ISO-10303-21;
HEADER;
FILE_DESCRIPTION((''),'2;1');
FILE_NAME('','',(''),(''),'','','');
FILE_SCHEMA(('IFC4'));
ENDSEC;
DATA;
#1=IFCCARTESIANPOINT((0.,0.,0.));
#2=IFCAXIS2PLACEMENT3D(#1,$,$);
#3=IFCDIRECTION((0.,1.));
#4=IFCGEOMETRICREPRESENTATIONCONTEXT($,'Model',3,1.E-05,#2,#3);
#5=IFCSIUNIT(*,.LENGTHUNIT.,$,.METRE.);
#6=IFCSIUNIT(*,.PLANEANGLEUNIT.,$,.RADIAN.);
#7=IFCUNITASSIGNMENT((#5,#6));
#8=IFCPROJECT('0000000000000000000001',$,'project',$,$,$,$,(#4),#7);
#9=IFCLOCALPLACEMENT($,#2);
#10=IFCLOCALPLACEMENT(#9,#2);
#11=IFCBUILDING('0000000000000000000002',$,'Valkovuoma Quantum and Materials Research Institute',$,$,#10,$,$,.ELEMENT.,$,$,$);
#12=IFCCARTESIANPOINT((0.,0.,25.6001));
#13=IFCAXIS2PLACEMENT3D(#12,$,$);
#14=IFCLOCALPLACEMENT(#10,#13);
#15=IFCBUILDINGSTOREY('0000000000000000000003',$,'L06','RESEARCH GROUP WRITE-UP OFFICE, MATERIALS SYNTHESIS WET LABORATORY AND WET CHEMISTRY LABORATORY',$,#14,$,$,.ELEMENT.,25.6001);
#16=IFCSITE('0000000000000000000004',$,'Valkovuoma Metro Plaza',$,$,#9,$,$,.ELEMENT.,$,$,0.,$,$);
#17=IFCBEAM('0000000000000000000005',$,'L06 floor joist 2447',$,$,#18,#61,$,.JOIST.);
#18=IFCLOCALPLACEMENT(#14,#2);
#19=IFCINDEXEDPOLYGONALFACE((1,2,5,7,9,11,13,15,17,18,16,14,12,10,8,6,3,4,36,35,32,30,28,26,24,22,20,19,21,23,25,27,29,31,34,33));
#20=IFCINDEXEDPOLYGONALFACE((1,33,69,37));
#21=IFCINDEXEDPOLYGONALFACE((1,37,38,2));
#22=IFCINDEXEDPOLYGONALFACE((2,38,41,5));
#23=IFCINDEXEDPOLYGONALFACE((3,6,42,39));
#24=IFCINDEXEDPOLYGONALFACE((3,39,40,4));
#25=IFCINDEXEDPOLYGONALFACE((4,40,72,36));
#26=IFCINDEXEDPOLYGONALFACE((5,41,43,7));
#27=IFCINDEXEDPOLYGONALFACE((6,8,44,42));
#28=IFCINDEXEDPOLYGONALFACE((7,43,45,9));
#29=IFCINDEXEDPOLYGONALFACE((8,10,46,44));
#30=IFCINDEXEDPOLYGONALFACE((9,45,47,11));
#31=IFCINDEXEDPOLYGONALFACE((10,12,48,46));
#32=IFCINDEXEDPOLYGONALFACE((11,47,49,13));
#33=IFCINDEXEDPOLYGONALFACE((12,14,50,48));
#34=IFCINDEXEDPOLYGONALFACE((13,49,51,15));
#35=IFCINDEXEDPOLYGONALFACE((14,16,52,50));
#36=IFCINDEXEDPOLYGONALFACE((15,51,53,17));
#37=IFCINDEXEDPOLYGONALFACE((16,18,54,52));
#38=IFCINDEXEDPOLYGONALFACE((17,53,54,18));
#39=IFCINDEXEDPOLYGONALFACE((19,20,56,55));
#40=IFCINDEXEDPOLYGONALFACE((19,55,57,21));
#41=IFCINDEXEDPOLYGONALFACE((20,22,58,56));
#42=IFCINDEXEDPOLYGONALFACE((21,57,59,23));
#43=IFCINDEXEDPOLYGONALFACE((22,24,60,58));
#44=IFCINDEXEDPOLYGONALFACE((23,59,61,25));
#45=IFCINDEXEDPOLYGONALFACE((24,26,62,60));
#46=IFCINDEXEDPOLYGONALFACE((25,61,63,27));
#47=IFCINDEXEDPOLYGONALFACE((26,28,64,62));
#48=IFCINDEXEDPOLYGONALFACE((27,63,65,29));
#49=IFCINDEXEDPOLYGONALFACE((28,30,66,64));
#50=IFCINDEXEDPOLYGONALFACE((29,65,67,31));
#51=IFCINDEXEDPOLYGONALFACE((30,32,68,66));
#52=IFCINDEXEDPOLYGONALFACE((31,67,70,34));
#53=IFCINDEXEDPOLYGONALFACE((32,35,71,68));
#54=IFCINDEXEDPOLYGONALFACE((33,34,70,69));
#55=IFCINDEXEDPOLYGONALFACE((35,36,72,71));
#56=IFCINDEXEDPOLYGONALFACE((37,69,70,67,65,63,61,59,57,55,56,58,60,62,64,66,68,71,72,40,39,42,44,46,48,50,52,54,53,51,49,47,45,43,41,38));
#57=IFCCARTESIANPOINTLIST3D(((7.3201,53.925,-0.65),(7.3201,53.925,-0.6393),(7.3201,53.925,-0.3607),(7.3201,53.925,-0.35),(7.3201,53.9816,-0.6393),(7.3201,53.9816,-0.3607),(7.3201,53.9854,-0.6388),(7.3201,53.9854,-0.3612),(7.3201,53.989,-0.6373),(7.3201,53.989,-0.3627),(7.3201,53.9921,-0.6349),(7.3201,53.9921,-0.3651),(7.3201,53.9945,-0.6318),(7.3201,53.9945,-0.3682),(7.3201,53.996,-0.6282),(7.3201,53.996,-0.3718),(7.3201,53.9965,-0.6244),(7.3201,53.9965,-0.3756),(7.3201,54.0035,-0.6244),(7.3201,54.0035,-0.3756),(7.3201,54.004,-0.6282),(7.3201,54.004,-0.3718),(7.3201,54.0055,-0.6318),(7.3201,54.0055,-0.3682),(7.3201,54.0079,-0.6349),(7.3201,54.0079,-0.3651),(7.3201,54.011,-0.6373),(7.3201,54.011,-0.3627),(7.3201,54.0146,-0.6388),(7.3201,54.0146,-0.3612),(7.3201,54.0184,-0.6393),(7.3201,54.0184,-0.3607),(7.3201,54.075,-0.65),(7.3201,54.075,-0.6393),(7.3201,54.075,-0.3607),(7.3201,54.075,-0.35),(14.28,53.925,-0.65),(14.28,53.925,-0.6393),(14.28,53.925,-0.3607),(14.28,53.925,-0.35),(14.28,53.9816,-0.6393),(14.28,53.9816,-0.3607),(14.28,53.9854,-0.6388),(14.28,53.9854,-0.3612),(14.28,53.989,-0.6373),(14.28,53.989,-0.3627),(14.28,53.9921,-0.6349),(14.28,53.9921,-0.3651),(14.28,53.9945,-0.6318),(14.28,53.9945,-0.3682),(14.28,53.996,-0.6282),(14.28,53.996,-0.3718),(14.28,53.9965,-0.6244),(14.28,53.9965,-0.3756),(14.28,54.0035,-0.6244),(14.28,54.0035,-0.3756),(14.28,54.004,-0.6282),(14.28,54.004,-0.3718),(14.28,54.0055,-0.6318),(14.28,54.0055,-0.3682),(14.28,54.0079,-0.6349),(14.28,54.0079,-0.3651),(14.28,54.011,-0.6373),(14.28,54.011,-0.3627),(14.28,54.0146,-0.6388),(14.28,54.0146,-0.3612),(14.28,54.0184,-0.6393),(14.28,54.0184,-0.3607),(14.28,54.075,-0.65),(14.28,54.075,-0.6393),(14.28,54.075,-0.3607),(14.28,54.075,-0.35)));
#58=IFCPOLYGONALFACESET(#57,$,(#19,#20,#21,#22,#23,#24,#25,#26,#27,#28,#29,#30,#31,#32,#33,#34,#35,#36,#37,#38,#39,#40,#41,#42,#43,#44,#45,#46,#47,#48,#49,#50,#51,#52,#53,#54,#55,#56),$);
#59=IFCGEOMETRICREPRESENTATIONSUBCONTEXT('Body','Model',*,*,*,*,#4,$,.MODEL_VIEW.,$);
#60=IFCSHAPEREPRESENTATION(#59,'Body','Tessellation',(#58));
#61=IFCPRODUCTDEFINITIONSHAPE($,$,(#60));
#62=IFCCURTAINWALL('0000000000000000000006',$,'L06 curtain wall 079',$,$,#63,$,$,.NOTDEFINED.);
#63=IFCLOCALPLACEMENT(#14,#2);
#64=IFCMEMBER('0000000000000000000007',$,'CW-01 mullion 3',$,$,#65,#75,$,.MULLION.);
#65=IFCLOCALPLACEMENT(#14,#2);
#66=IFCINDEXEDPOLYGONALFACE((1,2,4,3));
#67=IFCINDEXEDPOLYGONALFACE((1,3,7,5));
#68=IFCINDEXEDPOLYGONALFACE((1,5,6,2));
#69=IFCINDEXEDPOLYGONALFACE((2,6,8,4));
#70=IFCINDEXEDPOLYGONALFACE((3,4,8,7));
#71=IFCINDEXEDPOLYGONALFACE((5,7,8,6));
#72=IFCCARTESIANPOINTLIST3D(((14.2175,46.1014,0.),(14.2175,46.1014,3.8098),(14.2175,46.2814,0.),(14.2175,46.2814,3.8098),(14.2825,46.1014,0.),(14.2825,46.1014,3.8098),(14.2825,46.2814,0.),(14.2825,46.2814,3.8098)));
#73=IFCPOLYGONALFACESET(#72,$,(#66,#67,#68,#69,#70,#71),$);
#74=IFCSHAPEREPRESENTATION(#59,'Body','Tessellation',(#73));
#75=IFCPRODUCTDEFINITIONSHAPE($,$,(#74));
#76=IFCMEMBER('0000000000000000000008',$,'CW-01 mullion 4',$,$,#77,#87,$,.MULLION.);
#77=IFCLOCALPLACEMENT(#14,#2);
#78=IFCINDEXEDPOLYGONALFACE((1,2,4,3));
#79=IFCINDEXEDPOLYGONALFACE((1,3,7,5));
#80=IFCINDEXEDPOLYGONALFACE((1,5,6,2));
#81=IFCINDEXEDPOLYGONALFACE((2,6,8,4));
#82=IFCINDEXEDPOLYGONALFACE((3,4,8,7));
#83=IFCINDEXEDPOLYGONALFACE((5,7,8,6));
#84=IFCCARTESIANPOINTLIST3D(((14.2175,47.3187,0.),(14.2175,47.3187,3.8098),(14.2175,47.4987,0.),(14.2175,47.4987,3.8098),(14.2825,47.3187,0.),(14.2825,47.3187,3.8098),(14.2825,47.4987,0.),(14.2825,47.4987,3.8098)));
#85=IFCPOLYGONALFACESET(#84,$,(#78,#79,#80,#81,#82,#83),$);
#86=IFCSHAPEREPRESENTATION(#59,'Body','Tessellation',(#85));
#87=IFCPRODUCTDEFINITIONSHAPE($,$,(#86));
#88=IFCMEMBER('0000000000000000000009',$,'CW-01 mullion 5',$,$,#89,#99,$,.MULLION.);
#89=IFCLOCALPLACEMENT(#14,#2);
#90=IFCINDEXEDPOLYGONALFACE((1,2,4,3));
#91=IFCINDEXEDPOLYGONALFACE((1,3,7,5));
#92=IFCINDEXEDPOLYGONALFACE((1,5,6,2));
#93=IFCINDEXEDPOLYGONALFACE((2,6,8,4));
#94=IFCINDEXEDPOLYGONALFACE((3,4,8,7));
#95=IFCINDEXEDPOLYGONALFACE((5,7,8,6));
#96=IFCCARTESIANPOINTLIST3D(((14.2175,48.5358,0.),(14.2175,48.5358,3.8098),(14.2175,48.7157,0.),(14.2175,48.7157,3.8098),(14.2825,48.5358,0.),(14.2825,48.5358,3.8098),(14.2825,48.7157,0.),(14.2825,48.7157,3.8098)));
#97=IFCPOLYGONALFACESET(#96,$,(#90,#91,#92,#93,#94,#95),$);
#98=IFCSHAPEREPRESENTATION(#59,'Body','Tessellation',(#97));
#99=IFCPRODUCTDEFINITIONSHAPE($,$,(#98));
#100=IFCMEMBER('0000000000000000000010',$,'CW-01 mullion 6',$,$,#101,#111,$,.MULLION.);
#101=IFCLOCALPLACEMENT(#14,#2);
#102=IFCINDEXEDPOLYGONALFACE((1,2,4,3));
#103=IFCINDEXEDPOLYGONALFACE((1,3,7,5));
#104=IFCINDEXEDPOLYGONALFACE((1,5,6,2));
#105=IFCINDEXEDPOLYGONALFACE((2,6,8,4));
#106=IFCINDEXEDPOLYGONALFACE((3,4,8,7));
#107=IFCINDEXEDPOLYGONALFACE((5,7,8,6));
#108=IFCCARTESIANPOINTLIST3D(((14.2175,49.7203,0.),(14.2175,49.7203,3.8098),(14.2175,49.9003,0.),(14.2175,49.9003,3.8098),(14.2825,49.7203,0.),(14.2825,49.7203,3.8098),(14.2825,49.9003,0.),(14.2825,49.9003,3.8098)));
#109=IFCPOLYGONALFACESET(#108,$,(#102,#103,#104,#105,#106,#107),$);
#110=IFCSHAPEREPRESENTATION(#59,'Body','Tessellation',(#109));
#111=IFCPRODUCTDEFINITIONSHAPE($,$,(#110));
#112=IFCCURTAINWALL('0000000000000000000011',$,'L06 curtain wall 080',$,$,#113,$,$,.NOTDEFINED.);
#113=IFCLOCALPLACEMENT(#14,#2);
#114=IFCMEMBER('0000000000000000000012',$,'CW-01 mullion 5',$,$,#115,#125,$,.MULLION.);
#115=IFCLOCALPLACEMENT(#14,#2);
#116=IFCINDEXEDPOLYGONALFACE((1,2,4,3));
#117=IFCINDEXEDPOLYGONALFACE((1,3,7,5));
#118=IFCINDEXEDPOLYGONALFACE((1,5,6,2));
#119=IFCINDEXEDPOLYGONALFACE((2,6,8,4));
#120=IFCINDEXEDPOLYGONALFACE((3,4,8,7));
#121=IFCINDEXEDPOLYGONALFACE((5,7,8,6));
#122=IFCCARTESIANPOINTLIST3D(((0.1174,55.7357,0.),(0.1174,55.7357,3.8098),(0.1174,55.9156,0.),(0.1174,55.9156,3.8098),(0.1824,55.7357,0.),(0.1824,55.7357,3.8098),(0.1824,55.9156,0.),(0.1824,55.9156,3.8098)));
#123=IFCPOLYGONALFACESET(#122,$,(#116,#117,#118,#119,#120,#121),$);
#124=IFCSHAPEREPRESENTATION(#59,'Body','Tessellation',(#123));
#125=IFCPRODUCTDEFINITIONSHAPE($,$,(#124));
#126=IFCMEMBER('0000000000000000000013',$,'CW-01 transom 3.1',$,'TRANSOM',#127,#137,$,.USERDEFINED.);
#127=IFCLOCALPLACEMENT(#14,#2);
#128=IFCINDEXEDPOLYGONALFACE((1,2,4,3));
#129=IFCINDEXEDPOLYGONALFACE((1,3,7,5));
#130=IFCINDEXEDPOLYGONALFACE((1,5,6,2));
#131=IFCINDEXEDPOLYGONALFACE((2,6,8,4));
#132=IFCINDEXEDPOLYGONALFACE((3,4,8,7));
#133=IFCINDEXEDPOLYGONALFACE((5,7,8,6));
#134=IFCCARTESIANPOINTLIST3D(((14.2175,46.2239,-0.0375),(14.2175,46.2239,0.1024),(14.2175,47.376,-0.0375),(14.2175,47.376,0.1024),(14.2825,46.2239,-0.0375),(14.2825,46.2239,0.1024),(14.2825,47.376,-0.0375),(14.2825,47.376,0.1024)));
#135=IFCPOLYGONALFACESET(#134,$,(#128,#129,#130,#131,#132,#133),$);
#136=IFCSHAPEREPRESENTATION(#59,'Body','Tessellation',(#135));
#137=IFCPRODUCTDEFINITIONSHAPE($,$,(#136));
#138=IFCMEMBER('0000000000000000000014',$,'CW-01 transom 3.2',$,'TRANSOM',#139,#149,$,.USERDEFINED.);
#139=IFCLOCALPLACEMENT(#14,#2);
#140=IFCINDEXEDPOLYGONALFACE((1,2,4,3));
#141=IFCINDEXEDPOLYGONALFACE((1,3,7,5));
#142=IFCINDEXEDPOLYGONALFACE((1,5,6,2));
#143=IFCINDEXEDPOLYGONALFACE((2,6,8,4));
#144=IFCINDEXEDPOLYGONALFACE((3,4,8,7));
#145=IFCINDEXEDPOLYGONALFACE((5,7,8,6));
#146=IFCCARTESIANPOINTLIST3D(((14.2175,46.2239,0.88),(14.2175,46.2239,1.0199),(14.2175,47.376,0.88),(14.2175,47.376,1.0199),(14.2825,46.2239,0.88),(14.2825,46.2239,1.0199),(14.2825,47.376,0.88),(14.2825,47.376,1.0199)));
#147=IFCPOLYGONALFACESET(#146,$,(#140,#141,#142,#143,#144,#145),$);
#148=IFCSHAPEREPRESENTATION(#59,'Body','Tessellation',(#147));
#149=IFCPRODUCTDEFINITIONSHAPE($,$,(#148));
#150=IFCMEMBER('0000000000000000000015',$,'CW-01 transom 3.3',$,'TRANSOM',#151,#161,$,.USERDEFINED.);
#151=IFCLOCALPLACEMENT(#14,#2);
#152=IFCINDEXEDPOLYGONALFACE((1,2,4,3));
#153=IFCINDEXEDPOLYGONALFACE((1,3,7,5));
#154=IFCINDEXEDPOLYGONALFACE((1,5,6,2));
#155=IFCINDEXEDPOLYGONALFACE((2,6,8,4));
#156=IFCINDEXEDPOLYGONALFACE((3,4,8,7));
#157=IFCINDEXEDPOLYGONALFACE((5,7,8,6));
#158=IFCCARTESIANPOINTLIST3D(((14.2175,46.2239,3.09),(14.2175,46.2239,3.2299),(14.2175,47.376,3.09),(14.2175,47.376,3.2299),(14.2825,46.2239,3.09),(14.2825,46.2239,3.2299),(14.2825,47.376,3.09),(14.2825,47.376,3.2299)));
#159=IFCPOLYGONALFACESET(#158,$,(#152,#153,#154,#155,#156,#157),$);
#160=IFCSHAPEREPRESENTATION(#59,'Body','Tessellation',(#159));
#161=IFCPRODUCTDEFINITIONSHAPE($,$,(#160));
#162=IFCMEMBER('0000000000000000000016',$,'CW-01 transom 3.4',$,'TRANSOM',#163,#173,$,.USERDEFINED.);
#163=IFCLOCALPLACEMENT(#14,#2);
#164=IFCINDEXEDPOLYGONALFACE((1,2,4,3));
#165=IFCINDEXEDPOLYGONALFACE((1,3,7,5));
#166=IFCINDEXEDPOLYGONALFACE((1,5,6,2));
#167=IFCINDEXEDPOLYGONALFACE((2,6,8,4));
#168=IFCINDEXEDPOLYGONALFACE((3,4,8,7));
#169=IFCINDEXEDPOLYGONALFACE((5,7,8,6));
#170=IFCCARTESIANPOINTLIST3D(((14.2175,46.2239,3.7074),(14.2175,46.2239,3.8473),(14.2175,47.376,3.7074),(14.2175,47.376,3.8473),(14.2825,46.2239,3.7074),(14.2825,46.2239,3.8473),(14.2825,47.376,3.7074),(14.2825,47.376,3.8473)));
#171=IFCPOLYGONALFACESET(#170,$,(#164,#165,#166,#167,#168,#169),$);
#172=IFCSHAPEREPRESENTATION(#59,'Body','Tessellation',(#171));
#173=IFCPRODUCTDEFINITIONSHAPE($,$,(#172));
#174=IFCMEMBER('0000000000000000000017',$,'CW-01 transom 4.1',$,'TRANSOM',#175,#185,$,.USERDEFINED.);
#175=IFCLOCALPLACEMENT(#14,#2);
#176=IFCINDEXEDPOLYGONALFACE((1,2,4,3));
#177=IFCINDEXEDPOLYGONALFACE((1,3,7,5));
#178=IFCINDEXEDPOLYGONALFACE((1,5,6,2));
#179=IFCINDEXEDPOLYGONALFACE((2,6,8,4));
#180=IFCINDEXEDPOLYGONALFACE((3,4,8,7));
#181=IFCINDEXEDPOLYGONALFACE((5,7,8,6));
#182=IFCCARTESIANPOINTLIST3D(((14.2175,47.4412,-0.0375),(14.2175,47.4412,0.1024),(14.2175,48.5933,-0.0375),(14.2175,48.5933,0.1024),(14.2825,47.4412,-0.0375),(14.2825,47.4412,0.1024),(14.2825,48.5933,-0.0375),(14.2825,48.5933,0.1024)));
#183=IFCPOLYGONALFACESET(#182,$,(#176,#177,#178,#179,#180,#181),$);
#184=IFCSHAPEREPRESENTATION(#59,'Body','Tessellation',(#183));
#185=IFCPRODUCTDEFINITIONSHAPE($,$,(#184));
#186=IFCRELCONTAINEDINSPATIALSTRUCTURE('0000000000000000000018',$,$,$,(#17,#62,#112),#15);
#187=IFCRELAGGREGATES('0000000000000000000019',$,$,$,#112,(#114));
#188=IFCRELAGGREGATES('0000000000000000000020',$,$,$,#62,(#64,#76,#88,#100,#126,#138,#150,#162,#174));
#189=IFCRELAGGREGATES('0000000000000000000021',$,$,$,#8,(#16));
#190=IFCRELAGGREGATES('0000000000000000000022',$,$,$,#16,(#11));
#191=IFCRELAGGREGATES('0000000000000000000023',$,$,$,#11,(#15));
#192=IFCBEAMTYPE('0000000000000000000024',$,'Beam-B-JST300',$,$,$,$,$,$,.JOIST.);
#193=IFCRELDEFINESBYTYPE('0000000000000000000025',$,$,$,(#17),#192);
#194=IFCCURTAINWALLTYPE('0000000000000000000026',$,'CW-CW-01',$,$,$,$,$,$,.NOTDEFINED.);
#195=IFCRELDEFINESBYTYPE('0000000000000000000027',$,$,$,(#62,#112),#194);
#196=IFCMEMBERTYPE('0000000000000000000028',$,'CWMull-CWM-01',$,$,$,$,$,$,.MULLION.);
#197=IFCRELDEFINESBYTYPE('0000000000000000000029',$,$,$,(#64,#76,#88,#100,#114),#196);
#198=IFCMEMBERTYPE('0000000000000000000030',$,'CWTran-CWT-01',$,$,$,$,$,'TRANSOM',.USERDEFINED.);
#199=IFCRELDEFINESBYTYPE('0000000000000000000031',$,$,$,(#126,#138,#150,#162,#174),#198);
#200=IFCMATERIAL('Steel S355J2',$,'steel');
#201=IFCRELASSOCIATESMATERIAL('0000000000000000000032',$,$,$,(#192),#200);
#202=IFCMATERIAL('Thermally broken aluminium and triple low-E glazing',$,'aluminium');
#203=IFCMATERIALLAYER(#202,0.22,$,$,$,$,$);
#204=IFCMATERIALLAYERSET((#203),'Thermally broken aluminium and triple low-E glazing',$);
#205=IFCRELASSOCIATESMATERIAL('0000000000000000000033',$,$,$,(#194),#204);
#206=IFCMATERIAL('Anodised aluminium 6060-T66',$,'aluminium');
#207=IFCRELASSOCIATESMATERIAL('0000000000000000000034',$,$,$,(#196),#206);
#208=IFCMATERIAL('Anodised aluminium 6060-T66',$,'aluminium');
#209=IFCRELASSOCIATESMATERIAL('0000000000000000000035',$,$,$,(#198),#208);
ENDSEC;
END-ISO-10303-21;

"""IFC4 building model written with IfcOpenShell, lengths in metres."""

from ifc_helpers import new_model, si_unit, direction, frame, origin, origin_2d, place, context, subcontext, project, spatial, rectangle, i_section, extrude, material, layer, layer_set, material_profile, profile_set, type_object, element, aggregate, save


model = new_model("IFC4")

# Units and contexts
model_context = context("Model", 3, precision=1e-05, world=origin(), true_north=direction((0.0, 1.0)))
body_context = subcontext(model_context, "Body", "Model", "MODEL_VIEW")
ifc_project = project(units=[si_unit("LENGTHUNIT", "METRE"), si_unit("PLANEANGLEUNIT", "RADIAN")], contexts=[model_context])

# Site, building, storey
site_placement = place(None, origin())
site = spatial("IfcSite", under=ifc_project, at=site_placement, Name="Valkovuoma Metro Plaza", CompositionType="ELEMENT", RefElevation=0.0)
building_placement = place(site_placement, origin())
building = spatial("IfcBuilding", under=site, at=building_placement, Name="Valkovuoma Quantum and Materials Research Institute", CompositionType="ELEMENT")
storey_placement = place(building_placement, frame((0.0, 0.0, 25.6001)))
storey = spatial("IfcBuildingStorey", under=building, at=storey_placement, Name="L06", Description="RESEARCH GROUP WRITE-UP OFFICE, MATERIALS SYNTHESIS WET LABORATORY AND WET CHEMISTRY LABORATORY", CompositionType="ELEMENT", Elevation=25.6001)

# Beam
ifc_material_1 = material(Name="Steel S355J2", Category="steel")
ifc_material_profile_1 = material_profile(ifc_material_1, i_section(OverallWidth=0.1499, OverallDepth=0.3, WebThickness=0.0071, FlangeThickness=0.0107, FilletRadius=0.0149, at=origin_2d()), Name="Steel S355J2")
ifc_profile_set_1 = profile_set([ifc_material_profile_1], Name="Steel S355J2")
beam_type_1 = type_object("IfcBeamType", Name="Beam-B-JST300", PredefinedType="JOIST", material=ifc_profile_set_1)
for number, where, z_axis, x_axis, name in (
    (1, (7.3201, 54.0, -0.5), (1.0, 0.0, 0.0), (0.0, 1.0, 0.0), "L06 floor joist 2447"),
):
    element("IfcBeam", number, at=place(storey_placement, frame(where, z_axis=z_axis, x_axis=x_axis)), inside=storey, type_object=beam_type_1, Name=name, PredefinedType="JOIST", context=body_context, shape_type="SweptSolid", body=[
        extrude(i_section(OverallWidth=0.1499, OverallDepth=0.3, WebThickness=0.0071, FlangeThickness=0.0107, FilletRadius=0.0149, at=origin_2d()), origin(), (0.0, 0.0, 1.0), 6.96),
    ])

# Curtain wall, members
ifc_material_2 = material(Name="Thermally broken aluminium and triple low-E glazing", Category="aluminium")
ifc_layer_1 = layer(ifc_material_2, 0.22)
ifc_layer_set_1 = layer_set([ifc_layer_1], Name="Thermally broken aluminium and triple low-E glazing")
curtain_wall_type = type_object("IfcCurtainWallType", Name="CW-CW-01", PredefinedType="NOTDEFINED", material=ifc_layer_set_1)
curtain_wall_1_placement = place(storey_placement, origin())
curtain_wall_1 = element("IfcCurtainWall", 2, at=curtain_wall_1_placement, inside=storey, type_object=curtain_wall_type, Name="L06 curtain wall 079", PredefinedType="NOTDEFINED")
ifc_material_3 = material(Name="Anodised aluminium 6060-T66", Category="aluminium")
ifc_material_profile_2 = material_profile(ifc_material_3, rectangle(XDim=0.0649, YDim=0.1799, at=origin_2d()), Name="Anodised aluminium 6060-T66")
ifc_profile_set_2 = profile_set([ifc_material_profile_2], Name="Anodised aluminium 6060-T66")
member_type_1 = type_object("IfcMemberType", Name="CWMull-CWM-01", PredefinedType="MULLION", material=ifc_profile_set_2)
member_1_placement = place(storey_placement, frame((14.25, 46.1914, 0.0), z_axis=(0.0, 0.0, 1.0), x_axis=(-1.0, 0.0, 0.0)))
member_1 = element("IfcMember", 3, at=member_1_placement, type_object=member_type_1, Name="CW-01 mullion 3", PredefinedType="MULLION", context=body_context, shape_type="SweptSolid", body=[
    extrude(rectangle(XDim=0.0649, YDim=0.1799, at=origin_2d()), origin(), (0.0, 0.0, 1.0), 3.8098),
])
member_2_placement = place(storey_placement, frame((14.25, 47.4087, 0.0), z_axis=(0.0, 0.0, 1.0), x_axis=(-1.0, 0.0, 0.0)))
member_2 = element("IfcMember", 4, at=member_2_placement, type_object=member_type_1, Name="CW-01 mullion 4", PredefinedType="MULLION", context=body_context, shape_type="SweptSolid", body=[
    extrude(rectangle(XDim=0.0649, YDim=0.1799, at=origin_2d()), origin(), (0.0, 0.0, 1.0), 3.8098),
])
member_3_placement = place(storey_placement, frame((14.25, 48.6257, 0.0), z_axis=(0.0, 0.0, 1.0), x_axis=(-1.0, 0.0, 0.0)))
member_3 = element("IfcMember", 5, at=member_3_placement, type_object=member_type_1, Name="CW-01 mullion 5", PredefinedType="MULLION", context=body_context, shape_type="SweptSolid", body=[
    extrude(rectangle(XDim=0.0649, YDim=0.1799, at=origin_2d()), origin(), (0.0, 0.0, 1.0), 3.8098),
])
member_4_placement = place(storey_placement, frame((14.25, 49.8103, 0.0), z_axis=(0.0, 0.0, 1.0), x_axis=(-1.0, 0.0, 0.0)))
member_4 = element("IfcMember", 6, at=member_4_placement, type_object=member_type_1, Name="CW-01 mullion 6", PredefinedType="MULLION", context=body_context, shape_type="SweptSolid", body=[
    extrude(rectangle(XDim=0.0649, YDim=0.1799, at=origin_2d()), origin(), (0.0, 0.0, 1.0), 3.8098),
])

# Curtain wall, member
curtain_wall_2_placement = place(storey_placement, origin())
curtain_wall_2 = element("IfcCurtainWall", 7, at=curtain_wall_2_placement, inside=storey, type_object=curtain_wall_type, Name="L06 curtain wall 080", PredefinedType="NOTDEFINED")
member_5_placement = place(storey_placement, frame((0.1499, 55.8257, 0.0), z_axis=(0.0, 0.0, 1.0), x_axis=(-1.0, 0.0, 0.0)))
member_5 = element("IfcMember", 8, at=member_5_placement, type_object=member_type_1, Name="CW-01 mullion 5", PredefinedType="MULLION", context=body_context, shape_type="SweptSolid", body=[
    extrude(rectangle(XDim=0.0649, YDim=0.1799, at=origin_2d()), origin(), (0.0, 0.0, 1.0), 3.8098),
])

# Members
ifc_material_4 = material(Name="Anodised aluminium 6060-T66", Category="aluminium")
ifc_material_profile_3 = material_profile(ifc_material_4, rectangle(XDim=0.0649, YDim=0.1399, at=origin_2d()), Name="Anodised aluminium 6060-T66")
ifc_profile_set_3 = profile_set([ifc_material_profile_3], Name="Anodised aluminium 6060-T66")
member_type_2 = type_object("IfcMemberType", Name="CWTran-CWT-01", ElementType="TRANSOM", PredefinedType="USERDEFINED", material=ifc_profile_set_3)
member_6_placement = place(storey_placement, frame((14.25, 46.2239, 0.0325), z_axis=(0.0, 1.0, 0.0), x_axis=(-1.0, 0.0, 0.0)))
member_6 = element("IfcMember", 9, at=member_6_placement, type_object=member_type_2, Name="CW-01 transom 3.1", ObjectType="TRANSOM", PredefinedType="USERDEFINED", context=body_context, shape_type="SweptSolid", body=[
    extrude(rectangle(XDim=0.0649, YDim=0.1399, at=origin_2d()), origin(), (0.0, 0.0, 1.0), 1.1521),
])
member_7_placement = place(storey_placement, frame((14.25, 46.2239, 0.95), z_axis=(0.0, 1.0, 0.0), x_axis=(-1.0, 0.0, 0.0)))
member_7 = element("IfcMember", 10, at=member_7_placement, type_object=member_type_2, Name="CW-01 transom 3.2", ObjectType="TRANSOM", PredefinedType="USERDEFINED", context=body_context, shape_type="SweptSolid", body=[
    extrude(rectangle(XDim=0.0649, YDim=0.1399, at=origin_2d()), origin(), (0.0, 0.0, 1.0), 1.1521),
])
member_8_placement = place(storey_placement, frame((14.25, 46.2239, 3.1599), z_axis=(0.0, 1.0, 0.0), x_axis=(-1.0, 0.0, 0.0)))
member_8 = element("IfcMember", 11, at=member_8_placement, type_object=member_type_2, Name="CW-01 transom 3.3", ObjectType="TRANSOM", PredefinedType="USERDEFINED", context=body_context, shape_type="SweptSolid", body=[
    extrude(rectangle(XDim=0.0649, YDim=0.1399, at=origin_2d()), origin(), (0.0, 0.0, 1.0), 1.1521),
])
member_9_placement = place(storey_placement, frame((14.25, 46.2239, 3.7773), z_axis=(0.0, 1.0, 0.0), x_axis=(-1.0, 0.0, 0.0)))
member_9 = element("IfcMember", 12, at=member_9_placement, type_object=member_type_2, Name="CW-01 transom 3.4", ObjectType="TRANSOM", PredefinedType="USERDEFINED", context=body_context, shape_type="SweptSolid", body=[
    extrude(rectangle(XDim=0.0649, YDim=0.1399, at=origin_2d()), origin(), (0.0, 0.0, 1.0), 1.1521),
])
member_10_placement = place(storey_placement, frame((14.25, 47.4412, 0.0325), z_axis=(0.0, 1.0, 0.0), x_axis=(-1.0, 0.0, 0.0)))
member_10 = element("IfcMember", 13, at=member_10_placement, type_object=member_type_2, Name="CW-01 transom 4.1", ObjectType="TRANSOM", PredefinedType="USERDEFINED", context=body_context, shape_type="SweptSolid", body=[
    extrude(rectangle(XDim=0.0649, YDim=0.1399, at=origin_2d()), origin(), (0.0, 0.0, 1.0), 1.1521),
])

aggregate(curtain_wall_2, [member_5])
aggregate(curtain_wall_1, [member_1, member_2, member_3, member_4, member_6, member_7, member_8, member_9, member_10])

save(model, "model.ifc")
